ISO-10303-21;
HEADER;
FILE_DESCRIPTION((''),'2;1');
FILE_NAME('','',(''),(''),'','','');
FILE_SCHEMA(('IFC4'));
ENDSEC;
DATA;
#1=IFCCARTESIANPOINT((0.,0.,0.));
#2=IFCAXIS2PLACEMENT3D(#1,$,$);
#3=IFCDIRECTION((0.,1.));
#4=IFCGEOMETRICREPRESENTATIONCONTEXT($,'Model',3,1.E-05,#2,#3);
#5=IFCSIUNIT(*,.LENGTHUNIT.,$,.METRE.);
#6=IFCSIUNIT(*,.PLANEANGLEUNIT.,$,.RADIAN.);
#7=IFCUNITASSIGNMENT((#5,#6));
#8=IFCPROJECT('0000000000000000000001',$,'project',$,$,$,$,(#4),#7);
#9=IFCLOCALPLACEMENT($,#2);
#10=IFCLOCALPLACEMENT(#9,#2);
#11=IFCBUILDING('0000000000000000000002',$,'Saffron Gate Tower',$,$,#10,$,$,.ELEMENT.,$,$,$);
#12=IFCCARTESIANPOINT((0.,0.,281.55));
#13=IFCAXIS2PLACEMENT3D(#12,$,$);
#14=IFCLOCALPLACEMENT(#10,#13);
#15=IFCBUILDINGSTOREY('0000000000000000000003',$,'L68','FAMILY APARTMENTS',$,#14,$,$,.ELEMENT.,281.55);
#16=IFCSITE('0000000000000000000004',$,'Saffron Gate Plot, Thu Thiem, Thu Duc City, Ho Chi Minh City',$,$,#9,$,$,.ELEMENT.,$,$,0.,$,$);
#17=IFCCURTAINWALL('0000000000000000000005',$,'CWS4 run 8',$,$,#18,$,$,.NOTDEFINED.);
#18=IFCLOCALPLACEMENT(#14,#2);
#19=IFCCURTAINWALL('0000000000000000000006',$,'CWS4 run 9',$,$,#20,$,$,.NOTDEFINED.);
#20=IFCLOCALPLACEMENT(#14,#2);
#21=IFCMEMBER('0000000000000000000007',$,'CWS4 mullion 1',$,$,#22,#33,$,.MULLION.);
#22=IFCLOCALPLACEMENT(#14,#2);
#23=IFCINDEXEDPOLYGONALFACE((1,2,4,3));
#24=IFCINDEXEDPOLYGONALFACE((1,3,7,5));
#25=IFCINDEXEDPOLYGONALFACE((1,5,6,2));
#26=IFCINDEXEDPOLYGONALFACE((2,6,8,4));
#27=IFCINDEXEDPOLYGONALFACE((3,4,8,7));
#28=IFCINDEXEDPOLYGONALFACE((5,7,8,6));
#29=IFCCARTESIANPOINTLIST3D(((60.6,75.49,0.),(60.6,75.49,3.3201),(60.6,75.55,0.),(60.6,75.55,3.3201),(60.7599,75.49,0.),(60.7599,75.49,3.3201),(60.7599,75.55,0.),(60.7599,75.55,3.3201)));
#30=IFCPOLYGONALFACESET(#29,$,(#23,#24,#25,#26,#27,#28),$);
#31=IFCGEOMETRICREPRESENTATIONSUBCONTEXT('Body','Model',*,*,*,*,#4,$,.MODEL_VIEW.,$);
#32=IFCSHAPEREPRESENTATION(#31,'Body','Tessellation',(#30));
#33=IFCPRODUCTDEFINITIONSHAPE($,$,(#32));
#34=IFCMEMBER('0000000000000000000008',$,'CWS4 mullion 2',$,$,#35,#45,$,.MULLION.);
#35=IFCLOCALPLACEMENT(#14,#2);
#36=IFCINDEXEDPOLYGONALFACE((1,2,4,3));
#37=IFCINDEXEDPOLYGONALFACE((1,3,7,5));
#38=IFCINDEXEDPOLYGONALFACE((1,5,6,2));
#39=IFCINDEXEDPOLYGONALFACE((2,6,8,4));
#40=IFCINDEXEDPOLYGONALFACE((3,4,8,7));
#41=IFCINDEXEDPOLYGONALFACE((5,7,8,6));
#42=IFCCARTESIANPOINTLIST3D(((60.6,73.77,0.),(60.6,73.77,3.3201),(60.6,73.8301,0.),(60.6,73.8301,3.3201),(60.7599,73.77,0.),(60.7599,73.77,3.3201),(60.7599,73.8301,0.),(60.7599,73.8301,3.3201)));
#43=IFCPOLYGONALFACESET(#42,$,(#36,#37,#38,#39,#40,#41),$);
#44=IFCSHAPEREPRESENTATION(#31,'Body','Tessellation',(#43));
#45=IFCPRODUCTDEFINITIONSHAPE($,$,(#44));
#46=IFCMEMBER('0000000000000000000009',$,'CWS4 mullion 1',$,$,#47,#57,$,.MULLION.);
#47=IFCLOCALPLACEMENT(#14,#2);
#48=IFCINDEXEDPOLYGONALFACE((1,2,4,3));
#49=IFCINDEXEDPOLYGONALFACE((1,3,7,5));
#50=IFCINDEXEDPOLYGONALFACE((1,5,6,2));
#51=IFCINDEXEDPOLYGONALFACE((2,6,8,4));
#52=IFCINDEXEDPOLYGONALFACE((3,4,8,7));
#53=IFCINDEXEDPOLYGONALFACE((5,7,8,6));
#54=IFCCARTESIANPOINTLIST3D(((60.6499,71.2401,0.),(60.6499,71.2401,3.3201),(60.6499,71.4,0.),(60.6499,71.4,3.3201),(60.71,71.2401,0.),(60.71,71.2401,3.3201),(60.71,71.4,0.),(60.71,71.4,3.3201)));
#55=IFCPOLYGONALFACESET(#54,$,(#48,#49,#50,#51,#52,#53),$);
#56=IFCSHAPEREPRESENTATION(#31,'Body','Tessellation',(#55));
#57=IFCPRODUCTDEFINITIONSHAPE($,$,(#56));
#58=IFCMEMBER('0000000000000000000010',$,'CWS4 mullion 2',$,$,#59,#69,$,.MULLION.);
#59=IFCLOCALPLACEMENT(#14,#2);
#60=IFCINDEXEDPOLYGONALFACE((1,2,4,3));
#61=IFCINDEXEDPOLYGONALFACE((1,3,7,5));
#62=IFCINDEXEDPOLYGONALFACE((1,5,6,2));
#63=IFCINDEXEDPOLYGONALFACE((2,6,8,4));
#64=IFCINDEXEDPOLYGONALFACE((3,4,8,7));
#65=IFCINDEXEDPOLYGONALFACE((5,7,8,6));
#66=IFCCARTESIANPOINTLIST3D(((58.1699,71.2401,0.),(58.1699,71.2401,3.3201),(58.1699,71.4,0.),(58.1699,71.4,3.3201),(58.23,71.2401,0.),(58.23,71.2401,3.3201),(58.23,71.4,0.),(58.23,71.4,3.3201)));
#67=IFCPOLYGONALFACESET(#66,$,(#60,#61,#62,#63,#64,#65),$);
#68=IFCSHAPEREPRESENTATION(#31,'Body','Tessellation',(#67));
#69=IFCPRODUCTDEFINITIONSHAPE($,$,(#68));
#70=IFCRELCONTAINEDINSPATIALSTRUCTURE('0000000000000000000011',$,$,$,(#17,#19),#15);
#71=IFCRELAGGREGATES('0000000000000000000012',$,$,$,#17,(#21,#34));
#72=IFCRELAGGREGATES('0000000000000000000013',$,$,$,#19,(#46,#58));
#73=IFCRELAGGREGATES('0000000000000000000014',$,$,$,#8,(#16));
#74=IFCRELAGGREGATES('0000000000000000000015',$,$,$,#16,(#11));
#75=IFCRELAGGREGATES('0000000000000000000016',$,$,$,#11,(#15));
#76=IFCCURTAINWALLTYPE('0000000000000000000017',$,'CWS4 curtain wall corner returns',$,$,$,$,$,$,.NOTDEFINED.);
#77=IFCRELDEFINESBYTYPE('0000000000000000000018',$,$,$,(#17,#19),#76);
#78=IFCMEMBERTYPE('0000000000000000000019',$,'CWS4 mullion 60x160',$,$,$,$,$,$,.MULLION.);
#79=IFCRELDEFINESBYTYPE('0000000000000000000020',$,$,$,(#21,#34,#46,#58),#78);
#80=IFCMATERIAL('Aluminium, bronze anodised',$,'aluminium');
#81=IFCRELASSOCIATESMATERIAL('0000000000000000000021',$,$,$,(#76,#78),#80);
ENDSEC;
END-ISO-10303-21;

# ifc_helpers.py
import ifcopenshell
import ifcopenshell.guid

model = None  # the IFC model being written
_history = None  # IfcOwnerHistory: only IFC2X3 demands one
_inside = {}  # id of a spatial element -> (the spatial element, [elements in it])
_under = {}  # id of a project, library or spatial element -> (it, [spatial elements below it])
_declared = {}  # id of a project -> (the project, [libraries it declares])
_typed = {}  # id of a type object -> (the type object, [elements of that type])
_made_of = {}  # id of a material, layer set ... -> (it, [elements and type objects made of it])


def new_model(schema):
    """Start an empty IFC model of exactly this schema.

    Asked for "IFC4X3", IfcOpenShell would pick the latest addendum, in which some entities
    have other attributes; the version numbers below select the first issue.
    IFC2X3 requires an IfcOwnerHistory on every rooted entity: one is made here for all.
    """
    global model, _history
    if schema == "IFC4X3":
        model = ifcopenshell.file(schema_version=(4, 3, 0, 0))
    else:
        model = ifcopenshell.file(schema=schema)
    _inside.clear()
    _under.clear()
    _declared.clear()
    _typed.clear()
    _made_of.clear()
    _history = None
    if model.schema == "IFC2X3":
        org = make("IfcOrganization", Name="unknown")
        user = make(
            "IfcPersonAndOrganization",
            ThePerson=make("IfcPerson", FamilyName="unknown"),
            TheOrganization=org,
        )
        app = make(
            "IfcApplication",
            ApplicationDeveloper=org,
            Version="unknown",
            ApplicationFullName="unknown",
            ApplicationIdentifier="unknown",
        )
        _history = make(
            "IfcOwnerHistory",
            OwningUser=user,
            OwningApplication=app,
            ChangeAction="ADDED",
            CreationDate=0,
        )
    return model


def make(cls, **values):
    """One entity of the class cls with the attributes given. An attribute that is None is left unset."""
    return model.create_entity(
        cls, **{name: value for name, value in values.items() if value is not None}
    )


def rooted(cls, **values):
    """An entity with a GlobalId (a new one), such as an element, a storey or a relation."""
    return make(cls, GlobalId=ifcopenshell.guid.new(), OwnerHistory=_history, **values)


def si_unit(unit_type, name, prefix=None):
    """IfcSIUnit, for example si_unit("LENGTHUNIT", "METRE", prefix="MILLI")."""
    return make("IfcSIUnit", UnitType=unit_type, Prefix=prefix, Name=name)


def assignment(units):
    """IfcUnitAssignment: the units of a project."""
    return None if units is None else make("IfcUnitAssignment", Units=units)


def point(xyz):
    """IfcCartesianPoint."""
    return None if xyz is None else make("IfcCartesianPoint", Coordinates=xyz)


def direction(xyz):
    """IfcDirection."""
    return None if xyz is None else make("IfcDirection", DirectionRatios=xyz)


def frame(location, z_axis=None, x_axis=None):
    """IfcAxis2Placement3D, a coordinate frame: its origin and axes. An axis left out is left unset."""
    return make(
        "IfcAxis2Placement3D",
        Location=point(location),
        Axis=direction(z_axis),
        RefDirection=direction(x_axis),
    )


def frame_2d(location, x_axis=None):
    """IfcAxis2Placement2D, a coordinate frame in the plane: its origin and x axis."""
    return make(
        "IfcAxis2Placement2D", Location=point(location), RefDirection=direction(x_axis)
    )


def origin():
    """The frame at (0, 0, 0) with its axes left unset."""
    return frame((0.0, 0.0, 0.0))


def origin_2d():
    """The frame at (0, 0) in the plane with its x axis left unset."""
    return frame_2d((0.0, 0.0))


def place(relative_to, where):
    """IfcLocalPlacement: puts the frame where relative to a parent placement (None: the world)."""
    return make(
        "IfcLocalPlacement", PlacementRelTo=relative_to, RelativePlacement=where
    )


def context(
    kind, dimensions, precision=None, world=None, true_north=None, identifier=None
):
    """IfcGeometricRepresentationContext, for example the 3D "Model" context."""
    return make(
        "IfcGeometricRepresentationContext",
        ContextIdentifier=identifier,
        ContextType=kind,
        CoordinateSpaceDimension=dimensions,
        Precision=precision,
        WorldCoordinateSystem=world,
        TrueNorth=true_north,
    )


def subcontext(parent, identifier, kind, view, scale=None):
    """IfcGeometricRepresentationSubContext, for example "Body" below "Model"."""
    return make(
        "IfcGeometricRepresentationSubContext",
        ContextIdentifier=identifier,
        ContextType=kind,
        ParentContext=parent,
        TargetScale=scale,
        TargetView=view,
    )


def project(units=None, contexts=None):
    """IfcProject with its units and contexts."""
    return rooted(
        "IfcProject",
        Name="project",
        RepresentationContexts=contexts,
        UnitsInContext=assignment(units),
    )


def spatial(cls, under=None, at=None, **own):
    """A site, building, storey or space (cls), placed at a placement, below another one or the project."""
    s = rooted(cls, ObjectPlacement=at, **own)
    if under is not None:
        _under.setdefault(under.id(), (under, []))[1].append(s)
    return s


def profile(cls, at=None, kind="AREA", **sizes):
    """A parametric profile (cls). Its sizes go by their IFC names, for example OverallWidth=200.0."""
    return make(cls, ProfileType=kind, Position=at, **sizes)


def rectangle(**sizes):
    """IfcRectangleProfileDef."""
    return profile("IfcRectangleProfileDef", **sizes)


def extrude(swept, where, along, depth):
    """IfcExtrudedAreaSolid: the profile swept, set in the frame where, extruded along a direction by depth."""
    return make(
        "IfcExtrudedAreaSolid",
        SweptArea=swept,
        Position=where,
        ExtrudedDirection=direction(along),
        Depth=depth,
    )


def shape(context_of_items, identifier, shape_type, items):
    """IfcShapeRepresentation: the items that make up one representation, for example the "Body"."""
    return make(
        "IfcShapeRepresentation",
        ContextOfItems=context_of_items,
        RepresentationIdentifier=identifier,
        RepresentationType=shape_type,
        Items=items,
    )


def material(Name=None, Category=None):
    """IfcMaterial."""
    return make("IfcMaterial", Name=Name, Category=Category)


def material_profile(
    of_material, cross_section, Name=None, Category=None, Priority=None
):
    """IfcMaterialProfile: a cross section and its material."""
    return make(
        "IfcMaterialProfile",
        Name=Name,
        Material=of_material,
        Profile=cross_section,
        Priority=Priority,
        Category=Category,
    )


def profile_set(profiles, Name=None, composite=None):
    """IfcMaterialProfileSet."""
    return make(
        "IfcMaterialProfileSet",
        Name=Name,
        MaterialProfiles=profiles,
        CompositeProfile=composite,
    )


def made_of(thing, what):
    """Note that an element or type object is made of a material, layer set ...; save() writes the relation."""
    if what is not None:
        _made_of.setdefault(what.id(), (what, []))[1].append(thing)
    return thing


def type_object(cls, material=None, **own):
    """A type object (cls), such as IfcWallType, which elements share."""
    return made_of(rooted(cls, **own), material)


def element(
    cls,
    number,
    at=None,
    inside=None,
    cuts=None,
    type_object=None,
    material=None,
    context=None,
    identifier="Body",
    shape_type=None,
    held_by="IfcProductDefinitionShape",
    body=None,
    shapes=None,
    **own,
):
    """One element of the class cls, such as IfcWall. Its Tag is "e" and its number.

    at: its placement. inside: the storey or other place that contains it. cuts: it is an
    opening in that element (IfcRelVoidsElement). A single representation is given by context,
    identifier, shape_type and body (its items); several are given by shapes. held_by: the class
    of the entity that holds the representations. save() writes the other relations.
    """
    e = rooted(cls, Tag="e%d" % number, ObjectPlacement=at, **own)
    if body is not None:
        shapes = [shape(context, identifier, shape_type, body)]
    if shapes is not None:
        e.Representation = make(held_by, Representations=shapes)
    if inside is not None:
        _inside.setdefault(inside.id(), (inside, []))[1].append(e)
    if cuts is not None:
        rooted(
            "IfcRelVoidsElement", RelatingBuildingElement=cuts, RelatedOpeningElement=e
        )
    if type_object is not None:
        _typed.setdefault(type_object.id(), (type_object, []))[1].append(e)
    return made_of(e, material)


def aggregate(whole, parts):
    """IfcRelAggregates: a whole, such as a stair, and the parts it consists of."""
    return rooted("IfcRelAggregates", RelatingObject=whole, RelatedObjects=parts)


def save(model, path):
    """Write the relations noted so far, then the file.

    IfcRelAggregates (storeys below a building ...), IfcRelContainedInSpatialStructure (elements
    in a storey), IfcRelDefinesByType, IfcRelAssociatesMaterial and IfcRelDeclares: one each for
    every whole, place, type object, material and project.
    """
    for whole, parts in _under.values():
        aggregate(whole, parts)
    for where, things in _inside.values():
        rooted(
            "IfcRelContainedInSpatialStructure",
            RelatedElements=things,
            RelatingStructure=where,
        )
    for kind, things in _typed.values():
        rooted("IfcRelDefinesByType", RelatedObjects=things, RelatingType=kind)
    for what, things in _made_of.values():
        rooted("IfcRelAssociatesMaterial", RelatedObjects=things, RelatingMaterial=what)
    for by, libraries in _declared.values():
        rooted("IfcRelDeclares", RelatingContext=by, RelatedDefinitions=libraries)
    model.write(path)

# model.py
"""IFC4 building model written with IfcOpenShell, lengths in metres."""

from ifc_helpers import new_model, si_unit, direction, frame, origin, origin_2d, place, context, subcontext, project, spatial, rectangle, extrude, material, material_profile, profile_set, type_object, element, aggregate, save


model = new_model("IFC4")

# Units and contexts
model_context = context("Model", 3, precision=1e-05, world=origin(), true_north=direction((0.0, 1.0)))
body_context = subcontext(model_context, "Body", "Model", "MODEL_VIEW")
ifc_project = project(units=[si_unit("LENGTHUNIT", "METRE"), si_unit("PLANEANGLEUNIT", "RADIAN")], contexts=[model_context])

# Site, building, storey
site_placement = place(None, origin())
site = spatial("IfcSite", under=ifc_project, at=site_placement, Name="Saffron Gate Plot, Thu Thiem, Thu Duc City, Ho Chi Minh City", CompositionType="ELEMENT", RefElevation=0.0)
building_placement = place(site_placement, origin())
building = spatial("IfcBuilding", under=site, at=building_placement, Name="Saffron Gate Tower", CompositionType="ELEMENT")
storey_placement = place(building_placement, frame((0.0, 0.0, 281.55)))
storey = spatial("IfcBuildingStorey", under=building, at=storey_placement, Name="L68", Description="FAMILY APARTMENTS", CompositionType="ELEMENT", Elevation=281.55)

# Shared definitions
ifc_material_1 = material(Name="Aluminium, bronze anodised", Category="aluminium")

# Curtain walls
curtain_wall_type_1 = type_object("IfcCurtainWallType", Name="CWS4 curtain wall corner returns", PredefinedType="NOTDEFINED", material=ifc_material_1)
curtain_wall_1_placement = place(storey_placement, origin())
curtain_wall_1 = element("IfcCurtainWall", 1, at=curtain_wall_1_placement, inside=storey, type_object=curtain_wall_type_1, Name="CWS4 run 8", PredefinedType="NOTDEFINED")
curtain_wall_2_placement = place(storey_placement, origin())
curtain_wall_2 = element("IfcCurtainWall", 2, at=curtain_wall_2_placement, inside=storey, type_object=curtain_wall_type_1, Name="CWS4 run 9", PredefinedType="NOTDEFINED")

# Members
ifc_material_profile_1 = material_profile(ifc_material_1, rectangle(XDim=0.1599, YDim=0.0601, at=origin_2d()))
ifc_profile_set_1 = profile_set([ifc_material_profile_1], Name="Aluminium, bronze anodised")
member_type_1 = type_object("IfcMemberType", Name="CWS4 mullion 60x160", PredefinedType="MULLION", material=ifc_profile_set_1)
member_1_placement = place(storey_placement, frame((60.6799, 75.52, 0.0), z_axis=(0.0, 0.0, 1.0), x_axis=(1.0, 0.0, 0.0)))
member_1 = element("IfcMember", 3, at=member_1_placement, type_object=member_type_1, Name="CWS4 mullion 1", PredefinedType="MULLION", context=body_context, shape_type="SweptSolid", body=[
    extrude(rectangle(XDim=0.1599, YDim=0.0601, at=origin_2d()), origin(), (0.0, 0.0, 1.0), 3.3201),
])
member_2_placement = place(storey_placement, frame((60.6799, 73.8, 0.0), z_axis=(0.0, 0.0, 1.0), x_axis=(1.0, 0.0, 0.0)))
member_2 = element("IfcMember", 4, at=member_2_placement, type_object=member_type_1, Name="CWS4 mullion 2", PredefinedType="MULLION", context=body_context, shape_type="SweptSolid", body=[
    extrude(rectangle(XDim=0.1599, YDim=0.0601, at=origin_2d()), origin(), (0.0, 0.0, 1.0), 3.3201),
])
member_3_placement = place(storey_placement, frame((60.6799, 71.3201, 0.0), z_axis=(0.0, 0.0, 1.0), x_axis=(0.0, -1.0, 0.0)))
member_3 = element("IfcMember", 5, at=member_3_placement, type_object=member_type_1, Name="CWS4 mullion 1", PredefinedType="MULLION", context=body_context, shape_type="SweptSolid", body=[
    extrude(rectangle(XDim=0.1599, YDim=0.0601, at=origin_2d()), origin(), (0.0, 0.0, 1.0), 3.3201),
])
member_4_placement = place(storey_placement, frame((58.2, 71.3201, 0.0), z_axis=(0.0, 0.0, 1.0), x_axis=(0.0, -1.0, 0.0)))
member_4 = element("IfcMember", 6, at=member_4_placement, type_object=member_type_1, Name="CWS4 mullion 2", PredefinedType="MULLION", context=body_context, shape_type="SweptSolid", body=[
    extrude(rectangle(XDim=0.1599, YDim=0.0601, at=origin_2d()), origin(), (0.0, 0.0, 1.0), 3.3201),
])

aggregate(curtain_wall_1, [member_1, member_2])
aggregate(curtain_wall_2, [member_3, member_4])

save(model, "model.ifc")
